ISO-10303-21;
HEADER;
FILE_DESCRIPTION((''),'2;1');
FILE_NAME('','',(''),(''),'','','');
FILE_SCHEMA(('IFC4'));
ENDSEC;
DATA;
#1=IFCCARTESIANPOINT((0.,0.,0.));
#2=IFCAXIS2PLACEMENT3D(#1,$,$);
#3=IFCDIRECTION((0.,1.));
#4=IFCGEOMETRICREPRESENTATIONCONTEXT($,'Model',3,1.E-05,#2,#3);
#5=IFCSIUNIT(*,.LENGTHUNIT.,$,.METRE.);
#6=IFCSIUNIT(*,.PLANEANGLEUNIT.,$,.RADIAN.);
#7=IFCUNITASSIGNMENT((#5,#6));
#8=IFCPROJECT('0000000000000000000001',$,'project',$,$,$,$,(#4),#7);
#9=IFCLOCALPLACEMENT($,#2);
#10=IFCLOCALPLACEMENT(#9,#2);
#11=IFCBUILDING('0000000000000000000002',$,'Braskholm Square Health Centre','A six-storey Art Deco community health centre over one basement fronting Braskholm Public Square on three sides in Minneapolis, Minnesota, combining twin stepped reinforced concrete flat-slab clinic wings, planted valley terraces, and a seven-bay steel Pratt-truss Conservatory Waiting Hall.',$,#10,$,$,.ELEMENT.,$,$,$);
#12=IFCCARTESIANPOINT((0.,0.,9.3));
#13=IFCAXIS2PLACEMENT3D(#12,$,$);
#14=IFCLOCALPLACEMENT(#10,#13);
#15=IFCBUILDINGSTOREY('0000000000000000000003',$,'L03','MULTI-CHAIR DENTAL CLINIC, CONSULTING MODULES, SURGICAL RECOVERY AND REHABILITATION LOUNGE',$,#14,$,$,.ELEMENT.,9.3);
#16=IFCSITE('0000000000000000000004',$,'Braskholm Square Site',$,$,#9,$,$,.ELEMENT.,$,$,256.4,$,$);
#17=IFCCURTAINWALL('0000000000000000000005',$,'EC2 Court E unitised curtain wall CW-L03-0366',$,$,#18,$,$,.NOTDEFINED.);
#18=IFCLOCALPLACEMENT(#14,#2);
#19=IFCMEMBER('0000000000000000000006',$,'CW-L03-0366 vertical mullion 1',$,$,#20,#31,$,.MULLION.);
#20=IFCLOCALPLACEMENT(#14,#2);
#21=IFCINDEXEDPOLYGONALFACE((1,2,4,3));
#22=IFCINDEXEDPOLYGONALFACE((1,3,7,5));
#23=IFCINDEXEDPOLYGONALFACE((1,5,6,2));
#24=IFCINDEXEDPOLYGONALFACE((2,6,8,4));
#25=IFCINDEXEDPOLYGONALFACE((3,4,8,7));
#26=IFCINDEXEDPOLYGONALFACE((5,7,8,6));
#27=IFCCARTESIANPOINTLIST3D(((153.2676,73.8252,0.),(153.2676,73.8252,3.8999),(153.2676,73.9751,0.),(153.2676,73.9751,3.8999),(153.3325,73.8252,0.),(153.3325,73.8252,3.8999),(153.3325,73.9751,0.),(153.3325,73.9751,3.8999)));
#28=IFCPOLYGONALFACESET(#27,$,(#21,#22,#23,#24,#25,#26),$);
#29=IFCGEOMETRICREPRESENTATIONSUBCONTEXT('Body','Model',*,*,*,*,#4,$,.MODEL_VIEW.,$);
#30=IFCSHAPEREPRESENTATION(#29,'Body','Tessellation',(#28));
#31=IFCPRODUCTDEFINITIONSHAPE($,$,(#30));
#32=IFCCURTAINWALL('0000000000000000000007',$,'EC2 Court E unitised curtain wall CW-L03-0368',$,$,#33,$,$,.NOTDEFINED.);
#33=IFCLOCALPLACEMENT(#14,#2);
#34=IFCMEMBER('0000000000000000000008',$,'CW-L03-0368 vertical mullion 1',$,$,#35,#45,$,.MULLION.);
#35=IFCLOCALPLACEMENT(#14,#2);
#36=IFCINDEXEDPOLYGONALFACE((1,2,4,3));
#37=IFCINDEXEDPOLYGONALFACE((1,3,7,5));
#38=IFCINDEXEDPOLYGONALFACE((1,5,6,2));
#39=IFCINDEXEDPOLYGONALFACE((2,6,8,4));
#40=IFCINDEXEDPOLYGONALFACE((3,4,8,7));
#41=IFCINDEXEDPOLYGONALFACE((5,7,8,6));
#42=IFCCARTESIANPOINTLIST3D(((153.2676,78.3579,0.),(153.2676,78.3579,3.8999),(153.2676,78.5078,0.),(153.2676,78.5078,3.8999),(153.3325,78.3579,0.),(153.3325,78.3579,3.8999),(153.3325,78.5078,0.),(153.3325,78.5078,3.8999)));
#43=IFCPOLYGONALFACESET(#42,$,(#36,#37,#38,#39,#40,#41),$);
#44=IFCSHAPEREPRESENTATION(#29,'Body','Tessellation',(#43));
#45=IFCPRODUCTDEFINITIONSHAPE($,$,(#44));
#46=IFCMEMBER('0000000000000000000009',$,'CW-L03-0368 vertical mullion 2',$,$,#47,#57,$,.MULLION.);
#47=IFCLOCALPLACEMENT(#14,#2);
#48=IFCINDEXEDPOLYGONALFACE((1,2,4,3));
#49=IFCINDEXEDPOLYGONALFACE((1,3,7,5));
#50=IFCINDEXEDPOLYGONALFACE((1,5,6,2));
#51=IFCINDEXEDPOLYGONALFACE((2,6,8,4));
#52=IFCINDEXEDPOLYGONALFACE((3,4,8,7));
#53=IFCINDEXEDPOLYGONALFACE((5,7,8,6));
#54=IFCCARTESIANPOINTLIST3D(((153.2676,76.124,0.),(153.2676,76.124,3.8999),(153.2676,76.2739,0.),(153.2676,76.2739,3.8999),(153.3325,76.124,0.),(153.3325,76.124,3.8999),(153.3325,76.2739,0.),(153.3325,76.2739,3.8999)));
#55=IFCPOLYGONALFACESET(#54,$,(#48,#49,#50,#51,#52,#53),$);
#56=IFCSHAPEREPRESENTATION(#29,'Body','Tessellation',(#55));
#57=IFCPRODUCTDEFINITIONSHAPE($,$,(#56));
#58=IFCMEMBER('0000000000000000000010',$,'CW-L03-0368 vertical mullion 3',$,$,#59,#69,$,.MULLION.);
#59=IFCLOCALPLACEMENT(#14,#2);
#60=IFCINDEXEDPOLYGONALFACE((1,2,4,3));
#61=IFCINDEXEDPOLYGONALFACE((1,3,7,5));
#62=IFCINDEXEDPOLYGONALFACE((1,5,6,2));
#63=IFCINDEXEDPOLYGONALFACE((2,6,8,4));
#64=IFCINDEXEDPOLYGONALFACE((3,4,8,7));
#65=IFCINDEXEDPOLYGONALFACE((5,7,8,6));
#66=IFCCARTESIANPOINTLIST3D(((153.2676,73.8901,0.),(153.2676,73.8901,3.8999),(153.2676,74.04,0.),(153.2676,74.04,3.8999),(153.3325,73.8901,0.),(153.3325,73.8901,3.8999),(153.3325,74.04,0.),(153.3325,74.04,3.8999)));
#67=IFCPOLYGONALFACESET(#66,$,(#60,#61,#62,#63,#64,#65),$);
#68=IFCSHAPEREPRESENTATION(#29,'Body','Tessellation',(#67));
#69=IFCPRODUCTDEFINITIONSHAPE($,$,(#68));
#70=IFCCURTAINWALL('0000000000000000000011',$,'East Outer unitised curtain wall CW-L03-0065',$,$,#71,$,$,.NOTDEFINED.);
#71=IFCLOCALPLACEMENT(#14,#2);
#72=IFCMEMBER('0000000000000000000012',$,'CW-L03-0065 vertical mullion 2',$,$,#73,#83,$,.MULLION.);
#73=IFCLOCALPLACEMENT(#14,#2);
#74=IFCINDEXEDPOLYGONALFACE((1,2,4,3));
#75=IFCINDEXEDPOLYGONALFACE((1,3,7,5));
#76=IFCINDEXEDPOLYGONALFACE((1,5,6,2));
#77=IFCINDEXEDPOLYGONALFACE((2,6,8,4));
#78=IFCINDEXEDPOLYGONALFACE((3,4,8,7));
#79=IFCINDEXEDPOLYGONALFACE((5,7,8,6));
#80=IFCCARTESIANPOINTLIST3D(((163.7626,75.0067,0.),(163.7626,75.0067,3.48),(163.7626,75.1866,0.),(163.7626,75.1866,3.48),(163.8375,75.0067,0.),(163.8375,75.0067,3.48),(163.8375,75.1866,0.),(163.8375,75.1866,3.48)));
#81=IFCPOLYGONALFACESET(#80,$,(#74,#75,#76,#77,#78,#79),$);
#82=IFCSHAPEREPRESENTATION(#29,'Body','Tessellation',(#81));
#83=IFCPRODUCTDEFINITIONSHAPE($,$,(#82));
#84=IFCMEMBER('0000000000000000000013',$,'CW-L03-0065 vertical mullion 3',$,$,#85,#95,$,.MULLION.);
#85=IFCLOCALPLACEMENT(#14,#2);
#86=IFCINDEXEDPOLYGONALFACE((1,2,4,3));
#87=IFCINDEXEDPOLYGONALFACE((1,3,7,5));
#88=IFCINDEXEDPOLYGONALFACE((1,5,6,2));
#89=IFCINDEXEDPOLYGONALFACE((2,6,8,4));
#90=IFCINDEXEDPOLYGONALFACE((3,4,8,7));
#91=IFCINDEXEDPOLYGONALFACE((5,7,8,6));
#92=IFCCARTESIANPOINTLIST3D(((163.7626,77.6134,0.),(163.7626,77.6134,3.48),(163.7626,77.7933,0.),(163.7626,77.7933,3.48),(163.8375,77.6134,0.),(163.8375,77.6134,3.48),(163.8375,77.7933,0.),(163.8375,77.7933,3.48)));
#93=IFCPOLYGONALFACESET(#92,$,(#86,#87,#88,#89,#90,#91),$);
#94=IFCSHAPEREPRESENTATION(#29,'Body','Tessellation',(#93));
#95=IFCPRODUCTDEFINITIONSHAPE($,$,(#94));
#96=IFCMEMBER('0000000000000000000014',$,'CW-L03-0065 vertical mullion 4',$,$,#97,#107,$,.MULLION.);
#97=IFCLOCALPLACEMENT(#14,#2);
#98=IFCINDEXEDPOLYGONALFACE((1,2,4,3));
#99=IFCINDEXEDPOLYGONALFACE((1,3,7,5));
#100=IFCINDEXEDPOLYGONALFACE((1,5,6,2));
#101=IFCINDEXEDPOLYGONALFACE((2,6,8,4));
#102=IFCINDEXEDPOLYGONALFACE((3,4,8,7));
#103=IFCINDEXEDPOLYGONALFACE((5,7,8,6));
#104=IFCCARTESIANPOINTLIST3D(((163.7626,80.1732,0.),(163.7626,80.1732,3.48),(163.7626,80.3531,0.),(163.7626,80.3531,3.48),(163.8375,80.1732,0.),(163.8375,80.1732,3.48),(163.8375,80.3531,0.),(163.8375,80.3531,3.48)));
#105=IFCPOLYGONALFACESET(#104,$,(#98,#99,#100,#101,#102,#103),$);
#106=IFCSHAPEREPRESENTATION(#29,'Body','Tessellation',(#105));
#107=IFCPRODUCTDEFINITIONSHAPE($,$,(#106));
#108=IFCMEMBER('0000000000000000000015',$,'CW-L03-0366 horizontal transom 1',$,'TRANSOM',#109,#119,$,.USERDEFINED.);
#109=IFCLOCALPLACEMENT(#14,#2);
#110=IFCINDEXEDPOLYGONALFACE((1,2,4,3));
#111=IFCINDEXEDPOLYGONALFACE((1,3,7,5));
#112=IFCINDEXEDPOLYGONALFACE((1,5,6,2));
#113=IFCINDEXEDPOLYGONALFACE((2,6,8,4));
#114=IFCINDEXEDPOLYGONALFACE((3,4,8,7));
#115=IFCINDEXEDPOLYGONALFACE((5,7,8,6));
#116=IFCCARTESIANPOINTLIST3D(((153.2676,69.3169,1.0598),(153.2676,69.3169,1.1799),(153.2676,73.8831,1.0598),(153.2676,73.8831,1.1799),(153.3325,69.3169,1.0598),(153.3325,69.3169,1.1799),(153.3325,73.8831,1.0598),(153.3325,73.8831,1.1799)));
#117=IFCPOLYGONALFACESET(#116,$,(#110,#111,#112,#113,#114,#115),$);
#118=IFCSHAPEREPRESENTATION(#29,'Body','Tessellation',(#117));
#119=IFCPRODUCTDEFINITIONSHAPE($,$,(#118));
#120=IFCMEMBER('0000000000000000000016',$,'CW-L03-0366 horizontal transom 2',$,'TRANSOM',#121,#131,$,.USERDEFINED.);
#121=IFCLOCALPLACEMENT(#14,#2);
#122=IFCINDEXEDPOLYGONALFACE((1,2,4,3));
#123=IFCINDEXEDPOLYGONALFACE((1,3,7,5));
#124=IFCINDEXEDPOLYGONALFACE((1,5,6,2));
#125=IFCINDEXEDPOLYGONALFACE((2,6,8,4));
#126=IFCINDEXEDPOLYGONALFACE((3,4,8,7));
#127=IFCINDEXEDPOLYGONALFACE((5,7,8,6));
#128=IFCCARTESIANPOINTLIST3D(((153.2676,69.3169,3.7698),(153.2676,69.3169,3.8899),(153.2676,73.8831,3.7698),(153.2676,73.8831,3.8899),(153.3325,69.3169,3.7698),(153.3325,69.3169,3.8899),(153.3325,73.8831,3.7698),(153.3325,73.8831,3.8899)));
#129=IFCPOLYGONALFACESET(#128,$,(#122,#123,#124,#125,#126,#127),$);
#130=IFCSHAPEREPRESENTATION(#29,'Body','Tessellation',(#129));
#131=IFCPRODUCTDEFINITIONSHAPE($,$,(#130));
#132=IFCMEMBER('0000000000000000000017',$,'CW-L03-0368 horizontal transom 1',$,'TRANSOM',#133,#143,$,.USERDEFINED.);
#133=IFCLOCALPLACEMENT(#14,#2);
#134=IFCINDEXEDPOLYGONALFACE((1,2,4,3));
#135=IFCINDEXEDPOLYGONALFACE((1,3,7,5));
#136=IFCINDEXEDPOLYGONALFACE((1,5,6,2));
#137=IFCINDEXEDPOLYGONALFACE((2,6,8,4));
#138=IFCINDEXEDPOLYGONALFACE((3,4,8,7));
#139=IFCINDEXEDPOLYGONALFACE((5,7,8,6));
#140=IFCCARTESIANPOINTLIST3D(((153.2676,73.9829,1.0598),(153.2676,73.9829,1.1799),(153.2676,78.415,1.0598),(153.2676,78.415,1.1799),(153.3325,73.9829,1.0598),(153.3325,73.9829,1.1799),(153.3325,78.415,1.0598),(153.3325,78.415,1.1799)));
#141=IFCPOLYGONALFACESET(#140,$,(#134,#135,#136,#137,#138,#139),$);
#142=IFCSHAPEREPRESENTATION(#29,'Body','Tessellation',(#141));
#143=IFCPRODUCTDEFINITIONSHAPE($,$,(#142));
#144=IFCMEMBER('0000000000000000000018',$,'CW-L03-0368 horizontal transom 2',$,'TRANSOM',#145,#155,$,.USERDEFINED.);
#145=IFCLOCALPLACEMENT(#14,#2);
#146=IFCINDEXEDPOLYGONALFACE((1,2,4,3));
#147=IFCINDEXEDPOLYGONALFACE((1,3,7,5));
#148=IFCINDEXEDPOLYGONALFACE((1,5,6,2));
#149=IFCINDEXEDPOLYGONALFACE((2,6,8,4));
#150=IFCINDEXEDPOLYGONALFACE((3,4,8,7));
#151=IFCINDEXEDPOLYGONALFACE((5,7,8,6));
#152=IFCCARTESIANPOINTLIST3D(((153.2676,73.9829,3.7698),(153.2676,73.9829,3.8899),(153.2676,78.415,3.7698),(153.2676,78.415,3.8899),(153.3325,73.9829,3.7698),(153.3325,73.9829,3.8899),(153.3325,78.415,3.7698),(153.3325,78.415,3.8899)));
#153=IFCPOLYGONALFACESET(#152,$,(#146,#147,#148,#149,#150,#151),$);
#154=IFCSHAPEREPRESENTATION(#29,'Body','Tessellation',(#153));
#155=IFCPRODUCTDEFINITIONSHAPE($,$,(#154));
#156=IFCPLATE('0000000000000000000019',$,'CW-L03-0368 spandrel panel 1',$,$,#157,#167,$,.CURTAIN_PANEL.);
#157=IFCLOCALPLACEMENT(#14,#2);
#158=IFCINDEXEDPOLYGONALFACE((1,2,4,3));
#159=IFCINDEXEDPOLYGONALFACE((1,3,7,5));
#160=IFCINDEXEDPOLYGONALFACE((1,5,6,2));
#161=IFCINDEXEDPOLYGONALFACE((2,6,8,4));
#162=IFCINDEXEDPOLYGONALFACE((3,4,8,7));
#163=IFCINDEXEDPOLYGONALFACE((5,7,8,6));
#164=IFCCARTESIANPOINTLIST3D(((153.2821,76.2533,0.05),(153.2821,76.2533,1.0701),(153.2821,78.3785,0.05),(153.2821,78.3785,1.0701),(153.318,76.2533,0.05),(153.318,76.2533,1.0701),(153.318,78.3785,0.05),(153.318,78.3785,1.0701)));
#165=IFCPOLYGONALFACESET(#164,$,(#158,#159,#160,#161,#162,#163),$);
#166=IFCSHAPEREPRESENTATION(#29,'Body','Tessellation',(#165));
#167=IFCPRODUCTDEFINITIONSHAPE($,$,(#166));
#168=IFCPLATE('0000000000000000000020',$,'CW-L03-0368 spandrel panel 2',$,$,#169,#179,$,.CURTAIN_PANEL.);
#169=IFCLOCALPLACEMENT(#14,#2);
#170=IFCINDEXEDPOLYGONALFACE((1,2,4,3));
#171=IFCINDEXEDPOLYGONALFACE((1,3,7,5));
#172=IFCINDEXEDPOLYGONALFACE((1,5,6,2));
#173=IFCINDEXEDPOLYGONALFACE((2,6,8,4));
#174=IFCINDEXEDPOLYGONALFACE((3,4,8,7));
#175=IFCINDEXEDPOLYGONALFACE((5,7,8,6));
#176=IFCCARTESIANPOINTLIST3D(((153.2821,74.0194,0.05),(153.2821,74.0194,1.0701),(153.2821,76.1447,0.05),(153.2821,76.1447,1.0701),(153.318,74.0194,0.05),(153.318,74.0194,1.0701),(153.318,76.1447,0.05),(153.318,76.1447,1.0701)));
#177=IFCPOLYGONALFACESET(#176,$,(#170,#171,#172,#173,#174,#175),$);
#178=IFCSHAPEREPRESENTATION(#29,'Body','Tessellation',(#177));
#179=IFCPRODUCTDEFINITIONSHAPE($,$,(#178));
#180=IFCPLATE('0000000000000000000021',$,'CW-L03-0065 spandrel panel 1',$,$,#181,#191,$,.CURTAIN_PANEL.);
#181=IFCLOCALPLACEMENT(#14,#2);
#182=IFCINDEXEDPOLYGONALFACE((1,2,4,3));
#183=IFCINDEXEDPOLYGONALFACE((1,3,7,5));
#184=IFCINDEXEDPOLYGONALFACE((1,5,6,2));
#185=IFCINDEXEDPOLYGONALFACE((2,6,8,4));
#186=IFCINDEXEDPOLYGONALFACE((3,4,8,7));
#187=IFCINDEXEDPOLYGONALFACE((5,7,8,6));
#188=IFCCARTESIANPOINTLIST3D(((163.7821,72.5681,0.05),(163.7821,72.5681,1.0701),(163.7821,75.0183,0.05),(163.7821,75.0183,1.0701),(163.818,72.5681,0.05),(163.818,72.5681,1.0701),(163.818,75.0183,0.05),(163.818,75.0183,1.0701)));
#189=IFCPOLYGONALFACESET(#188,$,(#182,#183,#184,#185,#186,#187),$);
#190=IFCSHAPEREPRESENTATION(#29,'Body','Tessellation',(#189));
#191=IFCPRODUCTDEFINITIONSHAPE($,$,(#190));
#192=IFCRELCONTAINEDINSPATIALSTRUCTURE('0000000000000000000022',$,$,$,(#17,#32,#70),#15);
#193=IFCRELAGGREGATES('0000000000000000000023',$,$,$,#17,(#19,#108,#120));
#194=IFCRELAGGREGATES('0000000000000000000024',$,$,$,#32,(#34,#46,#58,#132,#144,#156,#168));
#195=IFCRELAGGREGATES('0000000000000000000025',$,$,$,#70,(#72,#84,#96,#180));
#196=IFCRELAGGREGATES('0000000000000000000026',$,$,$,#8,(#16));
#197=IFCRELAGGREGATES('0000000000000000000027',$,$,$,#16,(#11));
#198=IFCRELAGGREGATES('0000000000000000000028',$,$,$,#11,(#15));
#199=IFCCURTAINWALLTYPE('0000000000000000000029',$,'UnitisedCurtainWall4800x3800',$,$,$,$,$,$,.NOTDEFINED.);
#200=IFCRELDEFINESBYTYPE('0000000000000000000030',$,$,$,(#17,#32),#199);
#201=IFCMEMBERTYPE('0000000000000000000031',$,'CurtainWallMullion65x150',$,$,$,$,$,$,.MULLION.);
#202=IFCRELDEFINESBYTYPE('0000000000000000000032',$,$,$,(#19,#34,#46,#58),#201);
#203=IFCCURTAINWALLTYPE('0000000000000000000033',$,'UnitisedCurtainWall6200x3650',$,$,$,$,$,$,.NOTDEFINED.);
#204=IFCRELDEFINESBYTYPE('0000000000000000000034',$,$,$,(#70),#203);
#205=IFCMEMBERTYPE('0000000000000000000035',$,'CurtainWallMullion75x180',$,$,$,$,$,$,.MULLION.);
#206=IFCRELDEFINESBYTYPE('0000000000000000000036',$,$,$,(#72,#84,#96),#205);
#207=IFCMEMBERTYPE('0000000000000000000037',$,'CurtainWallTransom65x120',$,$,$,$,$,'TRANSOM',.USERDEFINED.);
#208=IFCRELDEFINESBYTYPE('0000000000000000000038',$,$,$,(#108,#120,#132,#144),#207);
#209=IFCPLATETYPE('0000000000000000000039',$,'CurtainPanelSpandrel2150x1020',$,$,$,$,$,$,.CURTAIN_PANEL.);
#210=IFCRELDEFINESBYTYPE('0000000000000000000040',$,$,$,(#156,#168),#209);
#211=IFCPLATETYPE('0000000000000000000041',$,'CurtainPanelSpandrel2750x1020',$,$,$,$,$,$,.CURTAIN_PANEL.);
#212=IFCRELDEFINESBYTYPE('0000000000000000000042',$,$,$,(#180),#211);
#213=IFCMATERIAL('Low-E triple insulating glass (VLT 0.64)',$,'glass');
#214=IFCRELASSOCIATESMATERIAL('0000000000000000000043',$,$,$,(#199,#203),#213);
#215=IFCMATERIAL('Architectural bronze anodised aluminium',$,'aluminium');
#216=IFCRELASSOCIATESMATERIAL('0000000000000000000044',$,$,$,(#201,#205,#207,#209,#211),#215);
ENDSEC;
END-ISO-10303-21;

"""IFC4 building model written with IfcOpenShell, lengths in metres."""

from ifc_helpers import new_model, si_unit, direction, frame, origin, origin_2d, place, context, subcontext, project, spatial, rectangle, extrude, material, material_profile, profile_set, type_object, element, aggregate, save


model = new_model("IFC4")

# Units and contexts
model_context = context("Model", 3, precision=1e-05, world=origin(), true_north=direction((0.0, 1.0)))
body_context = subcontext(model_context, "Body", "Model", "MODEL_VIEW")
ifc_project = project(units=[si_unit("LENGTHUNIT", "METRE"), si_unit("PLANEANGLEUNIT", "RADIAN")], contexts=[model_context])

# Site, building, storey
site_placement = place(None, origin())
site = spatial("IfcSite", under=ifc_project, at=site_placement, Name="Braskholm Square Site", CompositionType="ELEMENT", RefElevation=256.4)
building_placement = place(site_placement, origin())
building = spatial("IfcBuilding", under=site, at=building_placement, Name="Braskholm Square Health Centre", Description="A six-storey Art Deco community health centre over one basement fronting Braskholm Public Square on three sides in Minneapolis, Minnesota, combining twin stepped reinforced concrete flat-slab clinic wings, planted valley terraces, and a seven-bay steel Pratt-truss Conservatory Waiting Hall.", CompositionType="ELEMENT")
storey_placement = place(building_placement, frame((0.0, 0.0, 9.3)))
storey = spatial("IfcBuildingStorey", under=building, at=storey_placement, Name="L03", Description="MULTI-CHAIR DENTAL CLINIC, CONSULTING MODULES, SURGICAL RECOVERY AND REHABILITATION LOUNGE", CompositionType="ELEMENT", Elevation=9.3)

# Curtain wall, member
ifc_material_1 = material(Name="Low-E triple insulating glass (VLT 0.64)", Category="glass")
curtain_wall_type_1 = type_object("IfcCurtainWallType", Name="UnitisedCurtainWall4800x3800", PredefinedType="NOTDEFINED", material=ifc_material_1)
curtain_wall_1_placement = place(storey_placement, origin())
curtain_wall_1 = element("IfcCurtainWall", 1, at=curtain_wall_1_placement, inside=storey, type_object=curtain_wall_type_1, Name="EC2 Court E unitised curtain wall CW-L03-0366", PredefinedType="NOTDEFINED")
ifc_material_2 = material(Name="Architectural bronze anodised aluminium", Category="aluminium")
ifc_material_profile_1 = material_profile(ifc_material_2, rectangle(XDim=0.0649, YDim=0.1499, at=origin_2d()), Name="ALU-65X150")
ifc_profile_set_1 = profile_set([ifc_material_profile_1], Name="Architectural bronze anodised aluminium")
member_type_1 = type_object("IfcMemberType", Name="CurtainWallMullion65x150", PredefinedType="MULLION", material=ifc_profile_set_1)
member_1_placement = place(storey_placement, frame((153.3, 73.9001, 0.0), z_axis=(0.0, 0.0, 1.0), x_axis=(1.0, 0.0, 0.0)))
member_1 = element("IfcMember", 2, at=member_1_placement, type_object=member_type_1, Name="CW-L03-0366 vertical mullion 1", PredefinedType="MULLION", context=body_context, shape_type="SweptSolid", body=[
    extrude(rectangle(XDim=0.0649, YDim=0.1499, at=origin_2d()), origin(), (0.0, 0.0, 1.0), 3.8999),
])

# Curtain walls, members
curtain_wall_2_placement = place(storey_placement, origin())
curtain_wall_2 = element("IfcCurtainWall", 3, at=curtain_wall_2_placement, inside=storey, type_object=curtain_wall_type_1, Name="EC2 Court E unitised curtain wall CW-L03-0368", PredefinedType="NOTDEFINED")
member_2_placement = place(storey_placement, frame((153.3, 78.4329, 0.0), z_axis=(0.0, 0.0, 1.0), x_axis=(1.0, 0.0, 0.0)))
member_2 = element("IfcMember", 4, at=member_2_placement, type_object=member_type_1, Name="CW-L03-0368 vertical mullion 1", PredefinedType="MULLION", context=body_context, shape_type="SweptSolid", body=[
    extrude(rectangle(XDim=0.0649, YDim=0.1499, at=origin_2d()), origin(), (0.0, 0.0, 1.0), 3.8999),
])
member_3_placement = place(storey_placement, frame((153.3, 76.199, 0.0), z_axis=(0.0, 0.0, 1.0), x_axis=(1.0, 0.0, 0.0)))
member_3 = element("IfcMember", 5, at=member_3_placement, type_object=member_type_1, Name="CW-L03-0368 vertical mullion 2", PredefinedType="MULLION", context=body_context, shape_type="SweptSolid", body=[
    extrude(rectangle(XDim=0.0649, YDim=0.1499, at=origin_2d()), origin(), (0.0, 0.0, 1.0), 3.8999),
])
member_4_placement = place(storey_placement, frame((153.3, 73.9651, 0.0), z_axis=(0.0, 0.0, 1.0), x_axis=(1.0, 0.0, 0.0)))
member_4 = element("IfcMember", 6, at=member_4_placement, type_object=member_type_1, Name="CW-L03-0368 vertical mullion 3", PredefinedType="MULLION", context=body_context, shape_type="SweptSolid", body=[
    extrude(rectangle(XDim=0.0649, YDim=0.1499, at=origin_2d()), origin(), (0.0, 0.0, 1.0), 3.8999),
])
curtain_wall_type_2 = type_object("IfcCurtainWallType", Name="UnitisedCurtainWall6200x3650", PredefinedType="NOTDEFINED", material=ifc_material_1)
curtain_wall_3_placement = place(storey_placement, origin())
curtain_wall_3 = element("IfcCurtainWall", 7, at=curtain_wall_3_placement, inside=storey, type_object=curtain_wall_type_2, Name="East Outer unitised curtain wall CW-L03-0065", PredefinedType="NOTDEFINED")
ifc_material_profile_2 = material_profile(ifc_material_2, rectangle(XDim=0.075, YDim=0.1799, at=origin_2d()), Name="ALU-75X180")
ifc_profile_set_2 = profile_set([ifc_material_profile_2], Name="Architectural bronze anodised aluminium")
member_type_2 = type_object("IfcMemberType", Name="CurtainWallMullion75x180", PredefinedType="MULLION", material=ifc_profile_set_2)
member_5_placement = place(storey_placement, frame((163.8, 75.0967, 0.0), z_axis=(0.0, 0.0, 1.0), x_axis=(1.0, 0.0, 0.0)))
member_5 = element("IfcMember", 8, at=member_5_placement, type_object=member_type_2, Name="CW-L03-0065 vertical mullion 2", PredefinedType="MULLION", context=body_context, shape_type="SweptSolid", body=[
    extrude(rectangle(XDim=0.075, YDim=0.1799, at=origin_2d()), origin(), (0.0, 0.0, 1.0), 3.48),
])
member_6_placement = place(storey_placement, frame((163.8, 77.7034, 0.0), z_axis=(0.0, 0.0, 1.0), x_axis=(1.0, 0.0, 0.0)))
member_6 = element("IfcMember", 9, at=member_6_placement, type_object=member_type_2, Name="CW-L03-0065 vertical mullion 3", PredefinedType="MULLION", context=body_context, shape_type="SweptSolid", body=[
    extrude(rectangle(XDim=0.075, YDim=0.1799, at=origin_2d()), origin(), (0.0, 0.0, 1.0), 3.48),
])
member_7_placement = place(storey_placement, frame((163.8, 80.2632, 0.0), z_axis=(0.0, 0.0, 1.0), x_axis=(1.0, 0.0, 0.0)))
member_7 = element("IfcMember", 10, at=member_7_placement, type_object=member_type_2, Name="CW-L03-0065 vertical mullion 4", PredefinedType="MULLION", context=body_context, shape_type="SweptSolid", body=[
    extrude(rectangle(XDim=0.075, YDim=0.1799, at=origin_2d()), origin(), (0.0, 0.0, 1.0), 3.48),
])

# Members
ifc_material_profile_3 = material_profile(ifc_material_2, rectangle(XDim=0.0649, YDim=0.1201, at=origin_2d()), Name="ALU-65X120")
ifc_profile_set_3 = profile_set([ifc_material_profile_3], Name="Architectural bronze anodised aluminium")
member_type_3 = type_object("IfcMemberType", Name="CurtainWallTransom65x120", ElementType="TRANSOM", PredefinedType="USERDEFINED", material=ifc_profile_set_3)
member_8_placement = place(storey_placement, frame((153.3, 73.8831, 1.1199), z_axis=(0.0, -1.0, 0.0), x_axis=(1.0, 0.0, 0.0)))
member_8 = element("IfcMember", 11, at=member_8_placement, type_object=member_type_3, Name="CW-L03-0366 horizontal transom 1", ObjectType="TRANSOM", PredefinedType="USERDEFINED", context=body_context, shape_type="SweptSolid", body=[
    extrude(rectangle(XDim=0.0649, YDim=0.1201, at=origin_2d()), origin(), (0.0, 0.0, 1.0), 4.5662),
])
member_9_placement = place(storey_placement, frame((153.3, 73.8831, 3.8298), z_axis=(0.0, -1.0, 0.0), x_axis=(1.0, 0.0, 0.0)))
member_9 = element("IfcMember", 12, at=member_9_placement, type_object=member_type_3, Name="CW-L03-0366 horizontal transom 2", ObjectType="TRANSOM", PredefinedType="USERDEFINED", context=body_context, shape_type="SweptSolid", body=[
    extrude(rectangle(XDim=0.0649, YDim=0.1201, at=origin_2d()), origin(), (0.0, 0.0, 1.0), 4.5662),
])
member_10_placement = place(storey_placement, frame((153.3, 78.415, 1.1199), z_axis=(0.0, -1.0, 0.0), x_axis=(1.0, 0.0, 0.0)))
member_10 = element("IfcMember", 13, at=member_10_placement, type_object=member_type_3, Name="CW-L03-0368 horizontal transom 1", ObjectType="TRANSOM", PredefinedType="USERDEFINED", context=body_context, shape_type="SweptSolid", body=[
    extrude(rectangle(XDim=0.0649, YDim=0.1201, at=origin_2d()), origin(), (0.0, 0.0, 1.0), 4.4321),
])
member_11_placement = place(storey_placement, frame((153.3, 78.415, 3.8298), z_axis=(0.0, -1.0, 0.0), x_axis=(1.0, 0.0, 0.0)))
member_11 = element("IfcMember", 14, at=member_11_placement, type_object=member_type_3, Name="CW-L03-0368 horizontal transom 2", ObjectType="TRANSOM", PredefinedType="USERDEFINED", context=body_context, shape_type="SweptSolid", body=[
    extrude(rectangle(XDim=0.0649, YDim=0.1201, at=origin_2d()), origin(), (0.0, 0.0, 1.0), 4.4321),
])

# Plates
plate_type_1 = type_object("IfcPlateType", Name="CurtainPanelSpandrel2150x1020", PredefinedType="CURTAIN_PANEL", material=ifc_material_2)
plate_1_placement = place(storey_placement, frame((153.3, 77.3159, 0.05), z_axis=(0.0, 0.0, 1.0), x_axis=(0.0, -1.0, 0.0)))
plate_1 = element("IfcPlate", 15, at=plate_1_placement, type_object=plate_type_1, Name="CW-L03-0368 spandrel panel 1", PredefinedType="CURTAIN_PANEL", context=body_context, shape_type="SweptSolid", body=[
    extrude(rectangle(XDim=2.1252, YDim=0.0359, at=origin_2d()), origin(), (0.0, 0.0, 1.0), 1.02),
])
plate_2_placement = place(storey_placement, frame((153.3, 75.082, 0.05), z_axis=(0.0, 0.0, 1.0), x_axis=(0.0, -1.0, 0.0)))
plate_2 = element("IfcPlate", 16, at=plate_2_placement, type_object=plate_type_1, Name="CW-L03-0368 spandrel panel 2", PredefinedType="CURTAIN_PANEL", context=body_context, shape_type="SweptSolid", body=[
    extrude(rectangle(XDim=2.1252, YDim=0.0359, at=origin_2d()), origin(), (0.0, 0.0, 1.0), 1.02),
])
plate_type_2 = type_object("IfcPlateType", Name="CurtainPanelSpandrel2750x1020", PredefinedType="CURTAIN_PANEL", material=ifc_material_2)
plate_3_placement = place(storey_placement, frame((163.8, 73.7932, 0.05), z_axis=(0.0, 0.0, 1.0), x_axis=(0.0, 1.0, 0.0)))
plate_3 = element("IfcPlate", 17, at=plate_3_placement, type_object=plate_type_2, Name="CW-L03-0065 spandrel panel 1", PredefinedType="CURTAIN_PANEL", context=body_context, shape_type="SweptSolid", body=[
    extrude(rectangle(XDim=2.4502, YDim=0.0359, at=origin_2d()), origin(), (0.0, 0.0, 1.0), 1.02),
])
aggregate(curtain_wall_1, [member_1, member_8, member_9])
aggregate(curtain_wall_2, [member_2, member_3, member_4, member_10, member_11, plate_1, plate_2])
aggregate(curtain_wall_3, [member_5, member_6, member_7, plate_3])

save(model, "model.ifc")
